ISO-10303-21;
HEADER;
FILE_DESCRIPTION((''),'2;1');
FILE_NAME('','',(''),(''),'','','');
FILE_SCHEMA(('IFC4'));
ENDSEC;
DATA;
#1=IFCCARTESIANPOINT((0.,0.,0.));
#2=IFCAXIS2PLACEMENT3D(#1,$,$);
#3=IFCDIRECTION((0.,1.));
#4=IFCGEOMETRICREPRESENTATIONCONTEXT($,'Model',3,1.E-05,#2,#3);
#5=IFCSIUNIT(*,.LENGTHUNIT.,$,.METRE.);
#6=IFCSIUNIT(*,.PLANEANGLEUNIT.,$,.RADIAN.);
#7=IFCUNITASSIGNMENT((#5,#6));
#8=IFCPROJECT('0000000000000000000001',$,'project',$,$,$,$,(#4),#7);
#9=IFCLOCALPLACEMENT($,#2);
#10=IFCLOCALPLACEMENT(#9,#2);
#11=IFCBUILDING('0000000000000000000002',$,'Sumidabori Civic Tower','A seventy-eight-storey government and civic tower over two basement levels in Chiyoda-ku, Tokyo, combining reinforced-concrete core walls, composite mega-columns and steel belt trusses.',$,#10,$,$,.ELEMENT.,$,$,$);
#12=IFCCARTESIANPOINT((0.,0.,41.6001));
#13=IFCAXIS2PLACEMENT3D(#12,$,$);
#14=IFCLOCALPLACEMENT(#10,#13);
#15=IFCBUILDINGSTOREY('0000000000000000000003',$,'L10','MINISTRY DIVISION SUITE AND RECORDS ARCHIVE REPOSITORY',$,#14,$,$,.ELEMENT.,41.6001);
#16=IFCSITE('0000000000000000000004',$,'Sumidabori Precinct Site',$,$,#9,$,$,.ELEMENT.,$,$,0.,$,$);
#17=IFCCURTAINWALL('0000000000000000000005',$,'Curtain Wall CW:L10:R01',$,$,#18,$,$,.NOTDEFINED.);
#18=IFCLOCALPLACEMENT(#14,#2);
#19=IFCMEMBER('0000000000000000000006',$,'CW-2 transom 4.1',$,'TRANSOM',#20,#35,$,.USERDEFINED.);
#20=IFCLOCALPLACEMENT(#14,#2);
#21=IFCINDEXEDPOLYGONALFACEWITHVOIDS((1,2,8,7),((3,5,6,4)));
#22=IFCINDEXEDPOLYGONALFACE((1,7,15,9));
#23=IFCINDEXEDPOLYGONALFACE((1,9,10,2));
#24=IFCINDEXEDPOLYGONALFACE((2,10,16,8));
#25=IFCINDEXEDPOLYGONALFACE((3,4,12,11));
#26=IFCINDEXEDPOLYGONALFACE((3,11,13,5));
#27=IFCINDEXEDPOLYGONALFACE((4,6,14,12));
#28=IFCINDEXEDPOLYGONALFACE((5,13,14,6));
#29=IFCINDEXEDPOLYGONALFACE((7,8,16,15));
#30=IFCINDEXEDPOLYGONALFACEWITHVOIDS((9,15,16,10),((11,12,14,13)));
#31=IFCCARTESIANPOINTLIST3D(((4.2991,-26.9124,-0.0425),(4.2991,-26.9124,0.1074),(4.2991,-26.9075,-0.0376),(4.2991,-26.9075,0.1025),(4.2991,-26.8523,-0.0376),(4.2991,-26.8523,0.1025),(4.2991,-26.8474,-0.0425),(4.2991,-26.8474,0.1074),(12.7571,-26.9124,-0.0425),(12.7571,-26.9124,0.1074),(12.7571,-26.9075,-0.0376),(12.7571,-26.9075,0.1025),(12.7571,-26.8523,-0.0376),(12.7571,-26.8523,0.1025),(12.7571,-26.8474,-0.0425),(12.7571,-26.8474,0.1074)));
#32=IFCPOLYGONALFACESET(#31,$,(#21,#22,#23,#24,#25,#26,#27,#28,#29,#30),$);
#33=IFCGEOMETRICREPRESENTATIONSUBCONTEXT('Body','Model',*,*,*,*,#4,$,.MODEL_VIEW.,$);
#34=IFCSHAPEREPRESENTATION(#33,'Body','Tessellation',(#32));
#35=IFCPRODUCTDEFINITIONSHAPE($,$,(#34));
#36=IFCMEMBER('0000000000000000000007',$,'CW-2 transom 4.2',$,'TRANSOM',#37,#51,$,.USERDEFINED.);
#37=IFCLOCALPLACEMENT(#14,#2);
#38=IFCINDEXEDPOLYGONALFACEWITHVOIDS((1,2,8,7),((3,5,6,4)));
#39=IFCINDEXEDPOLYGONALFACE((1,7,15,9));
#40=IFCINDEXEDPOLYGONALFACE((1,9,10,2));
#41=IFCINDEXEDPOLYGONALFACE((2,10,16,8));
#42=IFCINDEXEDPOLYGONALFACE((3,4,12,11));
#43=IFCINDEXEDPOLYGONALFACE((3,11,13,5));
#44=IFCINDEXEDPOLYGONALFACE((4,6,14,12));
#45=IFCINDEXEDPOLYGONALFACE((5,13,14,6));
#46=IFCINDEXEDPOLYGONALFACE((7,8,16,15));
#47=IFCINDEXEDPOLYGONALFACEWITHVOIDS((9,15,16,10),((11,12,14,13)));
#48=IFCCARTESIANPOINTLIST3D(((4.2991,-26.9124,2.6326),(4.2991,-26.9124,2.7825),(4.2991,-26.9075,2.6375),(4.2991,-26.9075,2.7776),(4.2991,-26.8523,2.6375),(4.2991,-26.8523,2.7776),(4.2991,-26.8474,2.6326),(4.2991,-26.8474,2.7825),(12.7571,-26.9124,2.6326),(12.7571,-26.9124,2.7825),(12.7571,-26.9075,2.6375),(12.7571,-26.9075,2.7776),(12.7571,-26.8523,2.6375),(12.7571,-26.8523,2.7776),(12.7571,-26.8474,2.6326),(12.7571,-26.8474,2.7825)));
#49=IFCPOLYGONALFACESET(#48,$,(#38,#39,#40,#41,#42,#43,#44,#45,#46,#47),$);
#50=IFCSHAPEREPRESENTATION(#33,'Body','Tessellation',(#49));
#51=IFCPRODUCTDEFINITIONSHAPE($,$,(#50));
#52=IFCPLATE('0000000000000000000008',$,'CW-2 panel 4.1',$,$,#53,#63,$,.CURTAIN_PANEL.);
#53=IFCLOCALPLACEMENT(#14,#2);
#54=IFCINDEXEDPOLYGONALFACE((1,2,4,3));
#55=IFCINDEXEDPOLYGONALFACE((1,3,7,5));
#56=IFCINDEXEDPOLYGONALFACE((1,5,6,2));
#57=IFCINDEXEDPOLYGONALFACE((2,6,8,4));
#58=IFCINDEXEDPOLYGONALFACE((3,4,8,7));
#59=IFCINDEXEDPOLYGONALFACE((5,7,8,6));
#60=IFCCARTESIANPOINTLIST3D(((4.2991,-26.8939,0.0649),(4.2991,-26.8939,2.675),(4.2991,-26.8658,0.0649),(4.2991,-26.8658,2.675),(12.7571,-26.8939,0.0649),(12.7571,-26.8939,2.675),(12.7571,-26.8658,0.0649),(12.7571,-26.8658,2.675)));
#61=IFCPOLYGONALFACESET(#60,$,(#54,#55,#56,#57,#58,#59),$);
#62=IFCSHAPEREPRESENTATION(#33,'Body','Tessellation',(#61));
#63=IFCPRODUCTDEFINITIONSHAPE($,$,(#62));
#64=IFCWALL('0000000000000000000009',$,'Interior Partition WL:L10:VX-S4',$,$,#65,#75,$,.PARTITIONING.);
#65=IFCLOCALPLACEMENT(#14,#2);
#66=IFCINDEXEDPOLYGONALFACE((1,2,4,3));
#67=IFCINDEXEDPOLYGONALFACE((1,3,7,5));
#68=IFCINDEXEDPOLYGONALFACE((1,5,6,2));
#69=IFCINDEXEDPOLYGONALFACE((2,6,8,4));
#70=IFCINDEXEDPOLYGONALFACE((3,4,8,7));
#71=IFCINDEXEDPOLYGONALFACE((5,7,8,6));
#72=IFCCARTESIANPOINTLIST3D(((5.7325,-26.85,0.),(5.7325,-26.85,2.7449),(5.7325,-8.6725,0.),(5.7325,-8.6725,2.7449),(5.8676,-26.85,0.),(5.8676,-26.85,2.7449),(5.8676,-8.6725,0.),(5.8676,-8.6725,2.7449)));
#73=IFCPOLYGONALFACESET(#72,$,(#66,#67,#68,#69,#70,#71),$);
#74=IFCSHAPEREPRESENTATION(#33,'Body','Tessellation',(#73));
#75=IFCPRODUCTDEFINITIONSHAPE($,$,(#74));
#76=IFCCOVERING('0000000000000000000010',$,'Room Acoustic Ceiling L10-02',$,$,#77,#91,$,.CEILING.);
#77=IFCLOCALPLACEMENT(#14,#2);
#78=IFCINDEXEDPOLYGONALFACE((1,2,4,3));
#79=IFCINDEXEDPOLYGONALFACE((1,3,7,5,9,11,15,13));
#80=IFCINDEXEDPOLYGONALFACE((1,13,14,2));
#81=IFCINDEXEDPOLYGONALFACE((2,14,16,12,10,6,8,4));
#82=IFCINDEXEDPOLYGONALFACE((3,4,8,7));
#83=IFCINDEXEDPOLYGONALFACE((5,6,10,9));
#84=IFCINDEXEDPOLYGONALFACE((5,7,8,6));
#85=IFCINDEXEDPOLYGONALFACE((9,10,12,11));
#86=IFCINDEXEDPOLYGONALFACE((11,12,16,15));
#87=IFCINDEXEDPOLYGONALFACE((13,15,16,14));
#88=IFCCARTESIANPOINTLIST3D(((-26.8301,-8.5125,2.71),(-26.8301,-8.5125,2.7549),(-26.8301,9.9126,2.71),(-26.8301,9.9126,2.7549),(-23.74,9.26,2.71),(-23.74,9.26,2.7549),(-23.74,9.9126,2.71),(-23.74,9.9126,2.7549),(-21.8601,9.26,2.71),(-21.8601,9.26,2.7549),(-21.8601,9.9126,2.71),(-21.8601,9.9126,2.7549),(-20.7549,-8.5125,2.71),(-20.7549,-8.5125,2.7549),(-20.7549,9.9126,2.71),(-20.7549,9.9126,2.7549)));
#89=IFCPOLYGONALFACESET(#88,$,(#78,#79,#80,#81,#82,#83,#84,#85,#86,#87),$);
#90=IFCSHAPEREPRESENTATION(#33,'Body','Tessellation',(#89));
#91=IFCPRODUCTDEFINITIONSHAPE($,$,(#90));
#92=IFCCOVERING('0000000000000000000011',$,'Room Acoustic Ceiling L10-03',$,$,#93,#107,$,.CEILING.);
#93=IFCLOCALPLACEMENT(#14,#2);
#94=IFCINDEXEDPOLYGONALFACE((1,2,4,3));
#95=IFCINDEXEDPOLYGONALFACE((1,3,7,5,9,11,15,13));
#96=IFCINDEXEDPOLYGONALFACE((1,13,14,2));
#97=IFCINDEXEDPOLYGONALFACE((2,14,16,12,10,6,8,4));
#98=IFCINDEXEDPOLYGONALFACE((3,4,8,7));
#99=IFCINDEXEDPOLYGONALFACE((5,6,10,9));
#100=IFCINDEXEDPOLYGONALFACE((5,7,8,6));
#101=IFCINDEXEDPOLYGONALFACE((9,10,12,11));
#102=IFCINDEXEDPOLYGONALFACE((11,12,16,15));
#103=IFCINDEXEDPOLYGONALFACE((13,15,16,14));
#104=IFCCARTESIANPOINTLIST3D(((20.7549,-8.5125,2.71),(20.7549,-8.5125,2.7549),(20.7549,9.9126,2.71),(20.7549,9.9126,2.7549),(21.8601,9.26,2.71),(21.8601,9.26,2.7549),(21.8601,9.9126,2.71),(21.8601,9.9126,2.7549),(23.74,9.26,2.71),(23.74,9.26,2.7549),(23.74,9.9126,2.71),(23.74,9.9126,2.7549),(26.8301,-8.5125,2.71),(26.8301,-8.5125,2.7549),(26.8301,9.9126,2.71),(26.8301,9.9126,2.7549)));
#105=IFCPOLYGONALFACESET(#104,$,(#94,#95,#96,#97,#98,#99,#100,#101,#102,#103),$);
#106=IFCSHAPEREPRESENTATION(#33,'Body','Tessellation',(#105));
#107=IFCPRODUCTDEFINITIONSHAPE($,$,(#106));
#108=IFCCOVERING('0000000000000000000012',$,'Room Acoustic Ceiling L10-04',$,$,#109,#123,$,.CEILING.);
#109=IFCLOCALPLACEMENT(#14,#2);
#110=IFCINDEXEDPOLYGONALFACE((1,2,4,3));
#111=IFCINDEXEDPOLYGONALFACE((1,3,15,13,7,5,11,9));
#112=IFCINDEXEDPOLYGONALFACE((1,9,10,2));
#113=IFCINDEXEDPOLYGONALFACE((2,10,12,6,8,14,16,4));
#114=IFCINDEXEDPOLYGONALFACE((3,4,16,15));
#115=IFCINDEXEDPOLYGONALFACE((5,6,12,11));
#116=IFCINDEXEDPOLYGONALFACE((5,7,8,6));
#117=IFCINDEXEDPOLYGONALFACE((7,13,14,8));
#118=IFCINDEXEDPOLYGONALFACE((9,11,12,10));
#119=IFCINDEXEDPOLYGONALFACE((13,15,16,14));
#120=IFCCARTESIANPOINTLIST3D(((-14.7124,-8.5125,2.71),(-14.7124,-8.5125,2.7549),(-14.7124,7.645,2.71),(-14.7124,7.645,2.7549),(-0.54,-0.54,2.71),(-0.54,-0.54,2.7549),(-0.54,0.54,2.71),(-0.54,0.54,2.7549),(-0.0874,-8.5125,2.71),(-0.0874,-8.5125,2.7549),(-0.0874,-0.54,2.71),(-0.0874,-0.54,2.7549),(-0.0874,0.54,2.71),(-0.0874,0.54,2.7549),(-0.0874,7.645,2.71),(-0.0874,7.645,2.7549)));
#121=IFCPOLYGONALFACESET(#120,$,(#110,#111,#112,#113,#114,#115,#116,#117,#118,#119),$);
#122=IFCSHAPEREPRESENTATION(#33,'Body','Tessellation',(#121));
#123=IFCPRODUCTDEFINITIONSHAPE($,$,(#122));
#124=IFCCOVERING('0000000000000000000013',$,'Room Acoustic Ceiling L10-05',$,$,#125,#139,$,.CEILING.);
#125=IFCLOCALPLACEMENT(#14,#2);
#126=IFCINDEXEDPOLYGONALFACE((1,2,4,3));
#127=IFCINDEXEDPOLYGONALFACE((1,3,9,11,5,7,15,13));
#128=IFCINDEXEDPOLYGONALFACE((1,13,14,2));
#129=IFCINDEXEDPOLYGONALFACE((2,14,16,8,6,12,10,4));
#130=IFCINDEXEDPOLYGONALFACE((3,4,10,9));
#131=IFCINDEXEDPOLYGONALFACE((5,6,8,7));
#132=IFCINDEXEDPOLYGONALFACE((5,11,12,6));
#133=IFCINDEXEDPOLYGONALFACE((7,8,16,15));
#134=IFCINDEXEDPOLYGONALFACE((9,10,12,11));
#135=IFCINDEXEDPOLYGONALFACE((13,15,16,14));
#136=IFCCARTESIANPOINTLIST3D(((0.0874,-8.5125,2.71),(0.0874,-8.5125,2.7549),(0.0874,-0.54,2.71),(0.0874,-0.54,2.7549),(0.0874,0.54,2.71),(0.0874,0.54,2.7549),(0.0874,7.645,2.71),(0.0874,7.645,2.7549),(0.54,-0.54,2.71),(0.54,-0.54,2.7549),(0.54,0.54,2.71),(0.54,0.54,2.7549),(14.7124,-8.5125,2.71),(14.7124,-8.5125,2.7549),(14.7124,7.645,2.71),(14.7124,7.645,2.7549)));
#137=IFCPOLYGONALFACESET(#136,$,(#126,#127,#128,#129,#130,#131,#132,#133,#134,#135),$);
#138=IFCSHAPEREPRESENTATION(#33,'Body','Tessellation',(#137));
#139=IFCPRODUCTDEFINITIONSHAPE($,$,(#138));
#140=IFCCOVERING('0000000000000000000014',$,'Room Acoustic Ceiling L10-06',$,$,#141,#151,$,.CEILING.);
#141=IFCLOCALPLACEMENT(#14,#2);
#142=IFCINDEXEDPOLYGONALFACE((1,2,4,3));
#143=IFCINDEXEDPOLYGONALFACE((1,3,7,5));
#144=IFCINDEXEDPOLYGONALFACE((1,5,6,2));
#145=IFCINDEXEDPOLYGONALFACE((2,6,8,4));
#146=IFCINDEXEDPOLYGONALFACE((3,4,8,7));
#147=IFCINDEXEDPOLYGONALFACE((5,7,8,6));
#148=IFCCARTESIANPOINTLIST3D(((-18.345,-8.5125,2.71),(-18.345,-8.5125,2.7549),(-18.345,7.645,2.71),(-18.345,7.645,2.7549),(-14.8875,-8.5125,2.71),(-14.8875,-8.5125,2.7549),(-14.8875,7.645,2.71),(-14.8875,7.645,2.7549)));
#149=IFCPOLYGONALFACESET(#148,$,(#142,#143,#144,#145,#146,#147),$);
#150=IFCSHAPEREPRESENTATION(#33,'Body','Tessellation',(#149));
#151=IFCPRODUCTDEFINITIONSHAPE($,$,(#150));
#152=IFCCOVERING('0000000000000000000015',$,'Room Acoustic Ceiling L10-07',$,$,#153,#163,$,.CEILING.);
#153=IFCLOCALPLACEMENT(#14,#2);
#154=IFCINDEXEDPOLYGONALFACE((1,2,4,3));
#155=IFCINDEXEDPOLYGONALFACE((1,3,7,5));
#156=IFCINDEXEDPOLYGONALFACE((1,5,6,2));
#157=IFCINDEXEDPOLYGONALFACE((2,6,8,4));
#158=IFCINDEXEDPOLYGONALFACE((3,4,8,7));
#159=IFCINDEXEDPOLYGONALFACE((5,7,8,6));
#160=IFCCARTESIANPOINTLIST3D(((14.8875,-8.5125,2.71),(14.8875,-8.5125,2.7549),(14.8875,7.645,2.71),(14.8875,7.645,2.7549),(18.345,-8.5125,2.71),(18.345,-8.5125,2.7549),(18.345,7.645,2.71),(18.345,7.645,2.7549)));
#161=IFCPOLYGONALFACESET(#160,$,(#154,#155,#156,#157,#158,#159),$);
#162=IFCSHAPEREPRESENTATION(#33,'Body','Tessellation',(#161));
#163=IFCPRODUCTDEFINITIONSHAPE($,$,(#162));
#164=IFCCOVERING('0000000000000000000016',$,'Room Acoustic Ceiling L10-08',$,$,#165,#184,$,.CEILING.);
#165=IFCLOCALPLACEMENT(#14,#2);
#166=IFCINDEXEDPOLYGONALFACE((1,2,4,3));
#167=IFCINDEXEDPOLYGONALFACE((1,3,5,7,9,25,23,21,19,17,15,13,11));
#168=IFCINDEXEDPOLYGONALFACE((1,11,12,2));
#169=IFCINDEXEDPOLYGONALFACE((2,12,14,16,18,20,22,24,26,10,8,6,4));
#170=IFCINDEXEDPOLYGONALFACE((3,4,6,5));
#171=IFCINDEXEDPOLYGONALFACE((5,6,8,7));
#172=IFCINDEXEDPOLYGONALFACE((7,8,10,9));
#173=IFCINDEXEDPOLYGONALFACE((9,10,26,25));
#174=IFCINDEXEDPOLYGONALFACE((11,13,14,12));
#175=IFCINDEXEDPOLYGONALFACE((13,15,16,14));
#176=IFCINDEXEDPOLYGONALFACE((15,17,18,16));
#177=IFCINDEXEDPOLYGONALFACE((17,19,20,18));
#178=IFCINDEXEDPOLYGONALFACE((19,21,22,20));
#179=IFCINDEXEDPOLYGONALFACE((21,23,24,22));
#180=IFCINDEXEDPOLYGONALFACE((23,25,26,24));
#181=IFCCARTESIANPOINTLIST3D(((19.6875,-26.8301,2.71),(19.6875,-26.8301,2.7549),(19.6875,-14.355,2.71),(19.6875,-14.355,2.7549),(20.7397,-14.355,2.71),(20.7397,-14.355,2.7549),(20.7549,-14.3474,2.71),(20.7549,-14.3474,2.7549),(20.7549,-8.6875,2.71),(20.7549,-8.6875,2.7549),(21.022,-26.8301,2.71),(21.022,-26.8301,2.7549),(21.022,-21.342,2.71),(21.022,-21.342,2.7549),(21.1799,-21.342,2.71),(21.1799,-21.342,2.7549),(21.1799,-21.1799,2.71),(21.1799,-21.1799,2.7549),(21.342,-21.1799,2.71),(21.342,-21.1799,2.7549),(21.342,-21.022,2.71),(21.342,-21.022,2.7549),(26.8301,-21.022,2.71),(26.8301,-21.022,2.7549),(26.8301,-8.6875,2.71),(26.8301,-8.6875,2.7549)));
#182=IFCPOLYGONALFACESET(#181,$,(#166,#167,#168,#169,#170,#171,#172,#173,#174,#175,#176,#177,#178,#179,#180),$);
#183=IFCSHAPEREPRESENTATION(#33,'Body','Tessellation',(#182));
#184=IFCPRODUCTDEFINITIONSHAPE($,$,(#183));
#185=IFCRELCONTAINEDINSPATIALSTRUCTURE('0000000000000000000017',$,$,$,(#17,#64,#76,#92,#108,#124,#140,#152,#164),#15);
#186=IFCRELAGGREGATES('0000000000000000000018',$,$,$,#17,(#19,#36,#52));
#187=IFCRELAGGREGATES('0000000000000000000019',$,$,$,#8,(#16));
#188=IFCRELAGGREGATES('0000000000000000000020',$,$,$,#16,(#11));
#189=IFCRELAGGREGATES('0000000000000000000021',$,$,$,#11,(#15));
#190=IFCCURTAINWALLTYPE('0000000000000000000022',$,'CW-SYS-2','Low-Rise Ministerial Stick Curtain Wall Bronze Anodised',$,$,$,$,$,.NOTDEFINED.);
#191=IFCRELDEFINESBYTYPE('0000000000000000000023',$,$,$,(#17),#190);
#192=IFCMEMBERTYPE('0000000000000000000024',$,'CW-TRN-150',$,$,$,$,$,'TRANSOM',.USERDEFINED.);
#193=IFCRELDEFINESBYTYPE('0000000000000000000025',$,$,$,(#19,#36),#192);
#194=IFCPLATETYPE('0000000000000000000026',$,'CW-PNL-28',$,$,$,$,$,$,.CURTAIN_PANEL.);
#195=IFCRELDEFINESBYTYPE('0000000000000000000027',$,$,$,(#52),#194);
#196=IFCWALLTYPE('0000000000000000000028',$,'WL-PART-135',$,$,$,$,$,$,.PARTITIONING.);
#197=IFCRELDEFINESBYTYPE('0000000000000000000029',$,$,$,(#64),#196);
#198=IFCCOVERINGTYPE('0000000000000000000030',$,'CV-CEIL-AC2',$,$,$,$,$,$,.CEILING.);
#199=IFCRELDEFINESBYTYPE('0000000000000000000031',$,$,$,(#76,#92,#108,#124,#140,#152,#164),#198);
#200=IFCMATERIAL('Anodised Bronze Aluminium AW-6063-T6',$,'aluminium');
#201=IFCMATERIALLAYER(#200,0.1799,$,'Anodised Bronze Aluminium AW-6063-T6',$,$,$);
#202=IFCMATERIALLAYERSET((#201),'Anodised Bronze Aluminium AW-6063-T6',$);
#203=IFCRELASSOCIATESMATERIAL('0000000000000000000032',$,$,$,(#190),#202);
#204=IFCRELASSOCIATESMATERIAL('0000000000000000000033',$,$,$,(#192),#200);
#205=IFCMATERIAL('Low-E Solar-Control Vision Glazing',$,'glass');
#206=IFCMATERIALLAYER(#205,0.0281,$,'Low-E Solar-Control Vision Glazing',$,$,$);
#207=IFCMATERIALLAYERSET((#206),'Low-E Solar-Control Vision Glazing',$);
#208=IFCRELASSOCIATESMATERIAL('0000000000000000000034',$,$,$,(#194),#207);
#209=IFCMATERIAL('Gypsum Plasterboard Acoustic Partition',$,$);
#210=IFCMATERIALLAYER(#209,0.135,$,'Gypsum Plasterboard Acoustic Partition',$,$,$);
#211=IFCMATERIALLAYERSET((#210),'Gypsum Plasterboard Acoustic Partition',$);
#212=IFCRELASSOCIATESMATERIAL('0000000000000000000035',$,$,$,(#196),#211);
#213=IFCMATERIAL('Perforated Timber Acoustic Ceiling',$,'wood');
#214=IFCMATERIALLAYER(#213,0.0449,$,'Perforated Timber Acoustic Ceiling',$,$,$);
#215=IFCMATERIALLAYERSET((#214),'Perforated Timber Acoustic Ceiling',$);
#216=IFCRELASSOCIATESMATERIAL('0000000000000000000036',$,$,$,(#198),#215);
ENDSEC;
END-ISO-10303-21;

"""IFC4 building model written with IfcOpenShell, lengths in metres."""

from ifc_helpers import new_model, si_unit, direction, frame, frame_2d, origin, origin_2d, place, context, subcontext, project, spatial, polyline, rectangle, hollow_rectangle, outline, extrude, source, transform, mapped, material, layer, layer_set, material_profile, profile_set, type_object, element, aggregate, save


model = new_model("IFC4")

# Units and contexts
model_context = context("Model", 3, precision=1e-05, world=origin(), true_north=direction((0.0, 1.0)))
body_context = subcontext(model_context, "Body", "Model", "MODEL_VIEW")
ifc_project = project(units=[si_unit("LENGTHUNIT", "METRE"), si_unit("PLANEANGLEUNIT", "RADIAN")], contexts=[model_context])

# Site, building, storey
site_placement = place(None, origin())
site = spatial("IfcSite", under=ifc_project, at=site_placement, Name="Sumidabori Precinct Site", CompositionType="ELEMENT", RefElevation=0.0)
building_placement = place(site_placement, origin())
building = spatial("IfcBuilding", under=site, at=building_placement, Name="Sumidabori Civic Tower", Description="A seventy-eight-storey government and civic tower over two basement levels in Chiyoda-ku, Tokyo, combining reinforced-concrete core walls, composite mega-columns and steel belt trusses.", CompositionType="ELEMENT")
storey_placement = place(building_placement, frame((0.0, 0.0, 41.6001)))
storey = spatial("IfcBuildingStorey", under=building, at=storey_placement, Name="L10", Description="MINISTRY DIVISION SUITE AND RECORDS ARCHIVE REPOSITORY", CompositionType="ELEMENT", Elevation=41.6001)

# Curtain wall, members, plate
ifc_material_1 = material(Name="Anodised Bronze Aluminium AW-6063-T6", Category="aluminium")
ifc_layer_1 = layer(ifc_material_1, 0.1799, Name="Anodised Bronze Aluminium AW-6063-T6")
ifc_layer_set_1 = layer_set([ifc_layer_1], Name="Anodised Bronze Aluminium AW-6063-T6")
curtain_wall_type = type_object("IfcCurtainWallType", Name="CW-SYS-2", Description="Low-Rise Ministerial Stick Curtain Wall Bronze Anodised", PredefinedType="NOTDEFINED", material=ifc_layer_set_1)
curtain_wall_placement = place(storey_placement, origin())
curtain_wall = element("IfcCurtainWall", 1, at=curtain_wall_placement, inside=storey, type_object=curtain_wall_type, Name="Curtain Wall CW:L10:R01", PredefinedType="NOTDEFINED")
ifc_material_profile_1 = material_profile(ifc_material_1, hollow_rectangle(XDim=0.0649, YDim=0.1499, WallThickness=0.0049, at=origin_2d()), Name="ALU TRANSOM 150x65")
ifc_profile_set_1 = profile_set([ifc_material_profile_1], Name="Anodised Bronze Aluminium AW-6063-T6")
member_type_1 = type_object("IfcMemberType", Name="CW-TRN-150", ElementType="TRANSOM", PredefinedType="USERDEFINED", material=ifc_profile_set_1)
shared_shape_1 = source(origin(), body_context, "Body", "SweptSolid", [
    extrude(hollow_rectangle(XDim=0.0649, YDim=0.1499, WallThickness=0.0049, at=origin_2d()), origin(), (0.0, 0.0, 1.0), 8.458),
])
member_1_placement = place(storey_placement, frame((4.2991, -26.8799, 0.0325), z_axis=(1.0, 0.0, 0.0), x_axis=(0.0, 1.0, 0.0)))
member_1 = element("IfcMember", 2, at=member_1_placement, type_object=member_type_1, Name="CW-2 transom 4.1", ObjectType="TRANSOM", PredefinedType="USERDEFINED", context=body_context, shape_type="MappedRepresentation", body=[
    mapped(shared_shape_1, transform((0.0, 0.0, 0.0), x_axis=(1.0, 0.0, 0.0), y_axis=(0.0, 1.0, 0.0), z_axis=(0.0, 0.0, 1.0), scale=1.0)),
])
member_2_placement = place(storey_placement, frame((4.2991, -26.8799, 2.7075), z_axis=(1.0, 0.0, 0.0), x_axis=(0.0, 1.0, 0.0)))
member_2 = element("IfcMember", 3, at=member_2_placement, type_object=member_type_1, Name="CW-2 transom 4.2", ObjectType="TRANSOM", PredefinedType="USERDEFINED", context=body_context, shape_type="MappedRepresentation", body=[
    mapped(shared_shape_1, transform((0.0, 0.0, 0.0), x_axis=(1.0, 0.0, 0.0), y_axis=(0.0, 1.0, 0.0), z_axis=(0.0, 0.0, 1.0), scale=1.0)),
])
ifc_material_2 = material(Name="Low-E Solar-Control Vision Glazing", Category="glass")
ifc_layer_2 = layer(ifc_material_2, 0.0281, Name="Low-E Solar-Control Vision Glazing")
ifc_layer_set_2 = layer_set([ifc_layer_2], Name="Low-E Solar-Control Vision Glazing")
plate_type = type_object("IfcPlateType", Name="CW-PNL-28", PredefinedType="CURTAIN_PANEL", material=ifc_layer_set_2)
shared_shape_2 = source(origin(), body_context, "Body", "SweptSolid", [
    extrude(rectangle(XDim=8.458, YDim=0.0281, at=origin_2d()), origin(), (0.0, 0.0, 1.0), 2.6101),
])
plate_placement = place(storey_placement, frame((8.5281, -26.8799, 0.0649), z_axis=(0.0, 0.0, 1.0), x_axis=(1.0, 0.0, 0.0)))
plate = element("IfcPlate", 4, at=plate_placement, type_object=plate_type, Name="CW-2 panel 4.1", PredefinedType="CURTAIN_PANEL", context=body_context, shape_type="MappedRepresentation", body=[
    mapped(shared_shape_2, transform((0.0, 0.0, 0.0), x_axis=(1.0, 0.0, 0.0), y_axis=(0.0, 1.0, 0.0), z_axis=(0.0, 0.0, 1.0), scale=1.0)),
])
aggregate(curtain_wall, [member_1, member_2, plate])

# Wall
ifc_material_3 = material(Name="Gypsum Plasterboard Acoustic Partition")
ifc_layer_3 = layer(ifc_material_3, 0.135, Name="Gypsum Plasterboard Acoustic Partition")
ifc_layer_set_3 = layer_set([ifc_layer_3], Name="Gypsum Plasterboard Acoustic Partition")
wall_type = type_object("IfcWallType", Name="WL-PART-135", PredefinedType="PARTITIONING", material=ifc_layer_set_3)
shared_shape_3 = source(origin(), body_context, "Body", "SweptSolid", [
    extrude(rectangle(XDim=18.1775, YDim=0.135, at=frame_2d((9.0889, 0.0))), origin(), (0.0, 0.0, 1.0), 2.7449),
])
wall_placement = place(storey_placement, frame((5.8, -26.8501, 0.0), z_axis=(0.0, 0.0, 1.0), x_axis=(0.0, 1.0, 0.0)))
element("IfcWall", 5, at=wall_placement, inside=storey, type_object=wall_type, Name="Interior Partition WL:L10:VX-S4", PredefinedType="PARTITIONING", context=body_context, shape_type="MappedRepresentation", body=[
    mapped(shared_shape_3, transform((0.0, 0.0, 0.0), x_axis=(1.0, 0.0, 0.0), y_axis=(0.0, 1.0, 0.0), z_axis=(0.0, 0.0, 1.0), scale=1.0)),
])

# Coverings
ifc_material_4 = material(Name="Perforated Timber Acoustic Ceiling", Category="wood")
ifc_layer_4 = layer(ifc_material_4, 0.0449, Name="Perforated Timber Acoustic Ceiling")
ifc_layer_set_4 = layer_set([ifc_layer_4], Name="Perforated Timber Acoustic Ceiling")
covering_type_1 = type_object("IfcCoveringType", Name="CV-CEIL-AC2", PredefinedType="CEILING", material=ifc_layer_set_4)
covering_1_placement = place(storey_placement, frame((0.0, 0.0, 2.71)))
element("IfcCovering", 6, at=covering_1_placement, inside=storey, type_object=covering_type_1, Name="Room Acoustic Ceiling L10-02", PredefinedType="CEILING", context=body_context, shape_type="SweptSolid", body=[
    extrude(outline(polyline([(-26.8301, -8.5125), (-26.8301, 9.9126), (-23.74, 9.9126), (-23.74, 9.26), (-21.8601, 9.26), (-21.8601, 9.9126), (-20.7549, 9.9126), (-20.7549, -8.5125), (-26.8301, -8.5125)])), origin(), (0.0, 0.0, 1.0), 0.0449),
])
covering_2_placement = place(storey_placement, frame((0.0, 0.0, 2.71)))
element("IfcCovering", 7, at=covering_2_placement, inside=storey, type_object=covering_type_1, Name="Room Acoustic Ceiling L10-03", PredefinedType="CEILING", context=body_context, shape_type="SweptSolid", body=[
    extrude(outline(polyline([(20.7549, 9.9126), (21.8601, 9.9126), (21.8601, 9.26), (23.74, 9.26), (23.74, 9.9126), (26.8301, 9.9126), (26.8301, -8.5125), (20.7549, -8.5125), (20.7549, 9.9126)])), origin(), (0.0, 0.0, 1.0), 0.0449),
])
covering_3_placement = place(storey_placement, frame((0.0, 0.0, 2.71)))
element("IfcCovering", 8, at=covering_3_placement, inside=storey, type_object=covering_type_1, Name="Room Acoustic Ceiling L10-04", PredefinedType="CEILING", context=body_context, shape_type="SweptSolid", body=[
    extrude(outline(polyline([(-14.7124, 7.645), (-0.0874, 7.645), (-0.0874, 0.54), (-0.54, 0.54), (-0.54, -0.54), (-0.0874, -0.54), (-0.0874, -8.5125), (-14.7124, -8.5125), (-14.7124, 7.645)])), origin(), (0.0, 0.0, 1.0), 0.0449),
])
covering_4_placement = place(storey_placement, frame((0.0, 0.0, 2.71)))
element("IfcCovering", 9, at=covering_4_placement, inside=storey, type_object=covering_type_1, Name="Room Acoustic Ceiling L10-05", PredefinedType="CEILING", context=body_context, shape_type="SweptSolid", body=[
    extrude(outline(polyline([(0.0874, -0.54), (0.54, -0.54), (0.54, 0.54), (0.0874, 0.54), (0.0874, 7.645), (14.7124, 7.645), (14.7124, -8.5125), (0.0874, -8.5125), (0.0874, -0.54)])), origin(), (0.0, 0.0, 1.0), 0.0449),
])
covering_5_placement = place(storey_placement, frame((0.0, 0.0, 2.71)))
element("IfcCovering", 10, at=covering_5_placement, inside=storey, type_object=covering_type_1, Name="Room Acoustic Ceiling L10-06", PredefinedType="CEILING", context=body_context, shape_type="SweptSolid", body=[
    extrude(outline(polyline([(-18.345, 7.645), (-14.8875, 7.645), (-14.8875, -8.5125), (-18.345, -8.5125), (-18.345, 7.645)])), origin(), (0.0, 0.0, 1.0), 0.0449),
])
covering_6_placement = place(storey_placement, frame((0.0, 0.0, 2.71)))
element("IfcCovering", 11, at=covering_6_placement, inside=storey, type_object=covering_type_1, Name="Room Acoustic Ceiling L10-07", PredefinedType="CEILING", context=body_context, shape_type="SweptSolid", body=[
    extrude(outline(polyline([(14.8875, 7.645), (18.345, 7.645), (18.345, -8.5125), (14.8875, -8.5125), (14.8875, 7.645)])), origin(), (0.0, 0.0, 1.0), 0.0449),
])
covering_7_placement = place(storey_placement, frame((0.0, 0.0, 2.71)))
element("IfcCovering", 12, at=covering_7_placement, inside=storey, type_object=covering_type_1, Name="Room Acoustic Ceiling L10-08", PredefinedType="CEILING", context=body_context, shape_type="SweptSolid", body=[
    extrude(outline(polyline([(20.7397, -14.355), (20.7549, -14.3474), (20.7549, -8.6875), (26.8301, -8.6875), (26.8301, -21.022), (21.342, -21.022), (21.342, -21.1799), (21.1799, -21.1799), (21.1799, -21.342), (21.022, -21.342), (21.022, -26.8301), (19.6875, -26.8301), (19.6875, -14.355), (20.7397, -14.355)])), origin(), (0.0, 0.0, 1.0), 0.0449),
])

save(model, "model.ifc")
